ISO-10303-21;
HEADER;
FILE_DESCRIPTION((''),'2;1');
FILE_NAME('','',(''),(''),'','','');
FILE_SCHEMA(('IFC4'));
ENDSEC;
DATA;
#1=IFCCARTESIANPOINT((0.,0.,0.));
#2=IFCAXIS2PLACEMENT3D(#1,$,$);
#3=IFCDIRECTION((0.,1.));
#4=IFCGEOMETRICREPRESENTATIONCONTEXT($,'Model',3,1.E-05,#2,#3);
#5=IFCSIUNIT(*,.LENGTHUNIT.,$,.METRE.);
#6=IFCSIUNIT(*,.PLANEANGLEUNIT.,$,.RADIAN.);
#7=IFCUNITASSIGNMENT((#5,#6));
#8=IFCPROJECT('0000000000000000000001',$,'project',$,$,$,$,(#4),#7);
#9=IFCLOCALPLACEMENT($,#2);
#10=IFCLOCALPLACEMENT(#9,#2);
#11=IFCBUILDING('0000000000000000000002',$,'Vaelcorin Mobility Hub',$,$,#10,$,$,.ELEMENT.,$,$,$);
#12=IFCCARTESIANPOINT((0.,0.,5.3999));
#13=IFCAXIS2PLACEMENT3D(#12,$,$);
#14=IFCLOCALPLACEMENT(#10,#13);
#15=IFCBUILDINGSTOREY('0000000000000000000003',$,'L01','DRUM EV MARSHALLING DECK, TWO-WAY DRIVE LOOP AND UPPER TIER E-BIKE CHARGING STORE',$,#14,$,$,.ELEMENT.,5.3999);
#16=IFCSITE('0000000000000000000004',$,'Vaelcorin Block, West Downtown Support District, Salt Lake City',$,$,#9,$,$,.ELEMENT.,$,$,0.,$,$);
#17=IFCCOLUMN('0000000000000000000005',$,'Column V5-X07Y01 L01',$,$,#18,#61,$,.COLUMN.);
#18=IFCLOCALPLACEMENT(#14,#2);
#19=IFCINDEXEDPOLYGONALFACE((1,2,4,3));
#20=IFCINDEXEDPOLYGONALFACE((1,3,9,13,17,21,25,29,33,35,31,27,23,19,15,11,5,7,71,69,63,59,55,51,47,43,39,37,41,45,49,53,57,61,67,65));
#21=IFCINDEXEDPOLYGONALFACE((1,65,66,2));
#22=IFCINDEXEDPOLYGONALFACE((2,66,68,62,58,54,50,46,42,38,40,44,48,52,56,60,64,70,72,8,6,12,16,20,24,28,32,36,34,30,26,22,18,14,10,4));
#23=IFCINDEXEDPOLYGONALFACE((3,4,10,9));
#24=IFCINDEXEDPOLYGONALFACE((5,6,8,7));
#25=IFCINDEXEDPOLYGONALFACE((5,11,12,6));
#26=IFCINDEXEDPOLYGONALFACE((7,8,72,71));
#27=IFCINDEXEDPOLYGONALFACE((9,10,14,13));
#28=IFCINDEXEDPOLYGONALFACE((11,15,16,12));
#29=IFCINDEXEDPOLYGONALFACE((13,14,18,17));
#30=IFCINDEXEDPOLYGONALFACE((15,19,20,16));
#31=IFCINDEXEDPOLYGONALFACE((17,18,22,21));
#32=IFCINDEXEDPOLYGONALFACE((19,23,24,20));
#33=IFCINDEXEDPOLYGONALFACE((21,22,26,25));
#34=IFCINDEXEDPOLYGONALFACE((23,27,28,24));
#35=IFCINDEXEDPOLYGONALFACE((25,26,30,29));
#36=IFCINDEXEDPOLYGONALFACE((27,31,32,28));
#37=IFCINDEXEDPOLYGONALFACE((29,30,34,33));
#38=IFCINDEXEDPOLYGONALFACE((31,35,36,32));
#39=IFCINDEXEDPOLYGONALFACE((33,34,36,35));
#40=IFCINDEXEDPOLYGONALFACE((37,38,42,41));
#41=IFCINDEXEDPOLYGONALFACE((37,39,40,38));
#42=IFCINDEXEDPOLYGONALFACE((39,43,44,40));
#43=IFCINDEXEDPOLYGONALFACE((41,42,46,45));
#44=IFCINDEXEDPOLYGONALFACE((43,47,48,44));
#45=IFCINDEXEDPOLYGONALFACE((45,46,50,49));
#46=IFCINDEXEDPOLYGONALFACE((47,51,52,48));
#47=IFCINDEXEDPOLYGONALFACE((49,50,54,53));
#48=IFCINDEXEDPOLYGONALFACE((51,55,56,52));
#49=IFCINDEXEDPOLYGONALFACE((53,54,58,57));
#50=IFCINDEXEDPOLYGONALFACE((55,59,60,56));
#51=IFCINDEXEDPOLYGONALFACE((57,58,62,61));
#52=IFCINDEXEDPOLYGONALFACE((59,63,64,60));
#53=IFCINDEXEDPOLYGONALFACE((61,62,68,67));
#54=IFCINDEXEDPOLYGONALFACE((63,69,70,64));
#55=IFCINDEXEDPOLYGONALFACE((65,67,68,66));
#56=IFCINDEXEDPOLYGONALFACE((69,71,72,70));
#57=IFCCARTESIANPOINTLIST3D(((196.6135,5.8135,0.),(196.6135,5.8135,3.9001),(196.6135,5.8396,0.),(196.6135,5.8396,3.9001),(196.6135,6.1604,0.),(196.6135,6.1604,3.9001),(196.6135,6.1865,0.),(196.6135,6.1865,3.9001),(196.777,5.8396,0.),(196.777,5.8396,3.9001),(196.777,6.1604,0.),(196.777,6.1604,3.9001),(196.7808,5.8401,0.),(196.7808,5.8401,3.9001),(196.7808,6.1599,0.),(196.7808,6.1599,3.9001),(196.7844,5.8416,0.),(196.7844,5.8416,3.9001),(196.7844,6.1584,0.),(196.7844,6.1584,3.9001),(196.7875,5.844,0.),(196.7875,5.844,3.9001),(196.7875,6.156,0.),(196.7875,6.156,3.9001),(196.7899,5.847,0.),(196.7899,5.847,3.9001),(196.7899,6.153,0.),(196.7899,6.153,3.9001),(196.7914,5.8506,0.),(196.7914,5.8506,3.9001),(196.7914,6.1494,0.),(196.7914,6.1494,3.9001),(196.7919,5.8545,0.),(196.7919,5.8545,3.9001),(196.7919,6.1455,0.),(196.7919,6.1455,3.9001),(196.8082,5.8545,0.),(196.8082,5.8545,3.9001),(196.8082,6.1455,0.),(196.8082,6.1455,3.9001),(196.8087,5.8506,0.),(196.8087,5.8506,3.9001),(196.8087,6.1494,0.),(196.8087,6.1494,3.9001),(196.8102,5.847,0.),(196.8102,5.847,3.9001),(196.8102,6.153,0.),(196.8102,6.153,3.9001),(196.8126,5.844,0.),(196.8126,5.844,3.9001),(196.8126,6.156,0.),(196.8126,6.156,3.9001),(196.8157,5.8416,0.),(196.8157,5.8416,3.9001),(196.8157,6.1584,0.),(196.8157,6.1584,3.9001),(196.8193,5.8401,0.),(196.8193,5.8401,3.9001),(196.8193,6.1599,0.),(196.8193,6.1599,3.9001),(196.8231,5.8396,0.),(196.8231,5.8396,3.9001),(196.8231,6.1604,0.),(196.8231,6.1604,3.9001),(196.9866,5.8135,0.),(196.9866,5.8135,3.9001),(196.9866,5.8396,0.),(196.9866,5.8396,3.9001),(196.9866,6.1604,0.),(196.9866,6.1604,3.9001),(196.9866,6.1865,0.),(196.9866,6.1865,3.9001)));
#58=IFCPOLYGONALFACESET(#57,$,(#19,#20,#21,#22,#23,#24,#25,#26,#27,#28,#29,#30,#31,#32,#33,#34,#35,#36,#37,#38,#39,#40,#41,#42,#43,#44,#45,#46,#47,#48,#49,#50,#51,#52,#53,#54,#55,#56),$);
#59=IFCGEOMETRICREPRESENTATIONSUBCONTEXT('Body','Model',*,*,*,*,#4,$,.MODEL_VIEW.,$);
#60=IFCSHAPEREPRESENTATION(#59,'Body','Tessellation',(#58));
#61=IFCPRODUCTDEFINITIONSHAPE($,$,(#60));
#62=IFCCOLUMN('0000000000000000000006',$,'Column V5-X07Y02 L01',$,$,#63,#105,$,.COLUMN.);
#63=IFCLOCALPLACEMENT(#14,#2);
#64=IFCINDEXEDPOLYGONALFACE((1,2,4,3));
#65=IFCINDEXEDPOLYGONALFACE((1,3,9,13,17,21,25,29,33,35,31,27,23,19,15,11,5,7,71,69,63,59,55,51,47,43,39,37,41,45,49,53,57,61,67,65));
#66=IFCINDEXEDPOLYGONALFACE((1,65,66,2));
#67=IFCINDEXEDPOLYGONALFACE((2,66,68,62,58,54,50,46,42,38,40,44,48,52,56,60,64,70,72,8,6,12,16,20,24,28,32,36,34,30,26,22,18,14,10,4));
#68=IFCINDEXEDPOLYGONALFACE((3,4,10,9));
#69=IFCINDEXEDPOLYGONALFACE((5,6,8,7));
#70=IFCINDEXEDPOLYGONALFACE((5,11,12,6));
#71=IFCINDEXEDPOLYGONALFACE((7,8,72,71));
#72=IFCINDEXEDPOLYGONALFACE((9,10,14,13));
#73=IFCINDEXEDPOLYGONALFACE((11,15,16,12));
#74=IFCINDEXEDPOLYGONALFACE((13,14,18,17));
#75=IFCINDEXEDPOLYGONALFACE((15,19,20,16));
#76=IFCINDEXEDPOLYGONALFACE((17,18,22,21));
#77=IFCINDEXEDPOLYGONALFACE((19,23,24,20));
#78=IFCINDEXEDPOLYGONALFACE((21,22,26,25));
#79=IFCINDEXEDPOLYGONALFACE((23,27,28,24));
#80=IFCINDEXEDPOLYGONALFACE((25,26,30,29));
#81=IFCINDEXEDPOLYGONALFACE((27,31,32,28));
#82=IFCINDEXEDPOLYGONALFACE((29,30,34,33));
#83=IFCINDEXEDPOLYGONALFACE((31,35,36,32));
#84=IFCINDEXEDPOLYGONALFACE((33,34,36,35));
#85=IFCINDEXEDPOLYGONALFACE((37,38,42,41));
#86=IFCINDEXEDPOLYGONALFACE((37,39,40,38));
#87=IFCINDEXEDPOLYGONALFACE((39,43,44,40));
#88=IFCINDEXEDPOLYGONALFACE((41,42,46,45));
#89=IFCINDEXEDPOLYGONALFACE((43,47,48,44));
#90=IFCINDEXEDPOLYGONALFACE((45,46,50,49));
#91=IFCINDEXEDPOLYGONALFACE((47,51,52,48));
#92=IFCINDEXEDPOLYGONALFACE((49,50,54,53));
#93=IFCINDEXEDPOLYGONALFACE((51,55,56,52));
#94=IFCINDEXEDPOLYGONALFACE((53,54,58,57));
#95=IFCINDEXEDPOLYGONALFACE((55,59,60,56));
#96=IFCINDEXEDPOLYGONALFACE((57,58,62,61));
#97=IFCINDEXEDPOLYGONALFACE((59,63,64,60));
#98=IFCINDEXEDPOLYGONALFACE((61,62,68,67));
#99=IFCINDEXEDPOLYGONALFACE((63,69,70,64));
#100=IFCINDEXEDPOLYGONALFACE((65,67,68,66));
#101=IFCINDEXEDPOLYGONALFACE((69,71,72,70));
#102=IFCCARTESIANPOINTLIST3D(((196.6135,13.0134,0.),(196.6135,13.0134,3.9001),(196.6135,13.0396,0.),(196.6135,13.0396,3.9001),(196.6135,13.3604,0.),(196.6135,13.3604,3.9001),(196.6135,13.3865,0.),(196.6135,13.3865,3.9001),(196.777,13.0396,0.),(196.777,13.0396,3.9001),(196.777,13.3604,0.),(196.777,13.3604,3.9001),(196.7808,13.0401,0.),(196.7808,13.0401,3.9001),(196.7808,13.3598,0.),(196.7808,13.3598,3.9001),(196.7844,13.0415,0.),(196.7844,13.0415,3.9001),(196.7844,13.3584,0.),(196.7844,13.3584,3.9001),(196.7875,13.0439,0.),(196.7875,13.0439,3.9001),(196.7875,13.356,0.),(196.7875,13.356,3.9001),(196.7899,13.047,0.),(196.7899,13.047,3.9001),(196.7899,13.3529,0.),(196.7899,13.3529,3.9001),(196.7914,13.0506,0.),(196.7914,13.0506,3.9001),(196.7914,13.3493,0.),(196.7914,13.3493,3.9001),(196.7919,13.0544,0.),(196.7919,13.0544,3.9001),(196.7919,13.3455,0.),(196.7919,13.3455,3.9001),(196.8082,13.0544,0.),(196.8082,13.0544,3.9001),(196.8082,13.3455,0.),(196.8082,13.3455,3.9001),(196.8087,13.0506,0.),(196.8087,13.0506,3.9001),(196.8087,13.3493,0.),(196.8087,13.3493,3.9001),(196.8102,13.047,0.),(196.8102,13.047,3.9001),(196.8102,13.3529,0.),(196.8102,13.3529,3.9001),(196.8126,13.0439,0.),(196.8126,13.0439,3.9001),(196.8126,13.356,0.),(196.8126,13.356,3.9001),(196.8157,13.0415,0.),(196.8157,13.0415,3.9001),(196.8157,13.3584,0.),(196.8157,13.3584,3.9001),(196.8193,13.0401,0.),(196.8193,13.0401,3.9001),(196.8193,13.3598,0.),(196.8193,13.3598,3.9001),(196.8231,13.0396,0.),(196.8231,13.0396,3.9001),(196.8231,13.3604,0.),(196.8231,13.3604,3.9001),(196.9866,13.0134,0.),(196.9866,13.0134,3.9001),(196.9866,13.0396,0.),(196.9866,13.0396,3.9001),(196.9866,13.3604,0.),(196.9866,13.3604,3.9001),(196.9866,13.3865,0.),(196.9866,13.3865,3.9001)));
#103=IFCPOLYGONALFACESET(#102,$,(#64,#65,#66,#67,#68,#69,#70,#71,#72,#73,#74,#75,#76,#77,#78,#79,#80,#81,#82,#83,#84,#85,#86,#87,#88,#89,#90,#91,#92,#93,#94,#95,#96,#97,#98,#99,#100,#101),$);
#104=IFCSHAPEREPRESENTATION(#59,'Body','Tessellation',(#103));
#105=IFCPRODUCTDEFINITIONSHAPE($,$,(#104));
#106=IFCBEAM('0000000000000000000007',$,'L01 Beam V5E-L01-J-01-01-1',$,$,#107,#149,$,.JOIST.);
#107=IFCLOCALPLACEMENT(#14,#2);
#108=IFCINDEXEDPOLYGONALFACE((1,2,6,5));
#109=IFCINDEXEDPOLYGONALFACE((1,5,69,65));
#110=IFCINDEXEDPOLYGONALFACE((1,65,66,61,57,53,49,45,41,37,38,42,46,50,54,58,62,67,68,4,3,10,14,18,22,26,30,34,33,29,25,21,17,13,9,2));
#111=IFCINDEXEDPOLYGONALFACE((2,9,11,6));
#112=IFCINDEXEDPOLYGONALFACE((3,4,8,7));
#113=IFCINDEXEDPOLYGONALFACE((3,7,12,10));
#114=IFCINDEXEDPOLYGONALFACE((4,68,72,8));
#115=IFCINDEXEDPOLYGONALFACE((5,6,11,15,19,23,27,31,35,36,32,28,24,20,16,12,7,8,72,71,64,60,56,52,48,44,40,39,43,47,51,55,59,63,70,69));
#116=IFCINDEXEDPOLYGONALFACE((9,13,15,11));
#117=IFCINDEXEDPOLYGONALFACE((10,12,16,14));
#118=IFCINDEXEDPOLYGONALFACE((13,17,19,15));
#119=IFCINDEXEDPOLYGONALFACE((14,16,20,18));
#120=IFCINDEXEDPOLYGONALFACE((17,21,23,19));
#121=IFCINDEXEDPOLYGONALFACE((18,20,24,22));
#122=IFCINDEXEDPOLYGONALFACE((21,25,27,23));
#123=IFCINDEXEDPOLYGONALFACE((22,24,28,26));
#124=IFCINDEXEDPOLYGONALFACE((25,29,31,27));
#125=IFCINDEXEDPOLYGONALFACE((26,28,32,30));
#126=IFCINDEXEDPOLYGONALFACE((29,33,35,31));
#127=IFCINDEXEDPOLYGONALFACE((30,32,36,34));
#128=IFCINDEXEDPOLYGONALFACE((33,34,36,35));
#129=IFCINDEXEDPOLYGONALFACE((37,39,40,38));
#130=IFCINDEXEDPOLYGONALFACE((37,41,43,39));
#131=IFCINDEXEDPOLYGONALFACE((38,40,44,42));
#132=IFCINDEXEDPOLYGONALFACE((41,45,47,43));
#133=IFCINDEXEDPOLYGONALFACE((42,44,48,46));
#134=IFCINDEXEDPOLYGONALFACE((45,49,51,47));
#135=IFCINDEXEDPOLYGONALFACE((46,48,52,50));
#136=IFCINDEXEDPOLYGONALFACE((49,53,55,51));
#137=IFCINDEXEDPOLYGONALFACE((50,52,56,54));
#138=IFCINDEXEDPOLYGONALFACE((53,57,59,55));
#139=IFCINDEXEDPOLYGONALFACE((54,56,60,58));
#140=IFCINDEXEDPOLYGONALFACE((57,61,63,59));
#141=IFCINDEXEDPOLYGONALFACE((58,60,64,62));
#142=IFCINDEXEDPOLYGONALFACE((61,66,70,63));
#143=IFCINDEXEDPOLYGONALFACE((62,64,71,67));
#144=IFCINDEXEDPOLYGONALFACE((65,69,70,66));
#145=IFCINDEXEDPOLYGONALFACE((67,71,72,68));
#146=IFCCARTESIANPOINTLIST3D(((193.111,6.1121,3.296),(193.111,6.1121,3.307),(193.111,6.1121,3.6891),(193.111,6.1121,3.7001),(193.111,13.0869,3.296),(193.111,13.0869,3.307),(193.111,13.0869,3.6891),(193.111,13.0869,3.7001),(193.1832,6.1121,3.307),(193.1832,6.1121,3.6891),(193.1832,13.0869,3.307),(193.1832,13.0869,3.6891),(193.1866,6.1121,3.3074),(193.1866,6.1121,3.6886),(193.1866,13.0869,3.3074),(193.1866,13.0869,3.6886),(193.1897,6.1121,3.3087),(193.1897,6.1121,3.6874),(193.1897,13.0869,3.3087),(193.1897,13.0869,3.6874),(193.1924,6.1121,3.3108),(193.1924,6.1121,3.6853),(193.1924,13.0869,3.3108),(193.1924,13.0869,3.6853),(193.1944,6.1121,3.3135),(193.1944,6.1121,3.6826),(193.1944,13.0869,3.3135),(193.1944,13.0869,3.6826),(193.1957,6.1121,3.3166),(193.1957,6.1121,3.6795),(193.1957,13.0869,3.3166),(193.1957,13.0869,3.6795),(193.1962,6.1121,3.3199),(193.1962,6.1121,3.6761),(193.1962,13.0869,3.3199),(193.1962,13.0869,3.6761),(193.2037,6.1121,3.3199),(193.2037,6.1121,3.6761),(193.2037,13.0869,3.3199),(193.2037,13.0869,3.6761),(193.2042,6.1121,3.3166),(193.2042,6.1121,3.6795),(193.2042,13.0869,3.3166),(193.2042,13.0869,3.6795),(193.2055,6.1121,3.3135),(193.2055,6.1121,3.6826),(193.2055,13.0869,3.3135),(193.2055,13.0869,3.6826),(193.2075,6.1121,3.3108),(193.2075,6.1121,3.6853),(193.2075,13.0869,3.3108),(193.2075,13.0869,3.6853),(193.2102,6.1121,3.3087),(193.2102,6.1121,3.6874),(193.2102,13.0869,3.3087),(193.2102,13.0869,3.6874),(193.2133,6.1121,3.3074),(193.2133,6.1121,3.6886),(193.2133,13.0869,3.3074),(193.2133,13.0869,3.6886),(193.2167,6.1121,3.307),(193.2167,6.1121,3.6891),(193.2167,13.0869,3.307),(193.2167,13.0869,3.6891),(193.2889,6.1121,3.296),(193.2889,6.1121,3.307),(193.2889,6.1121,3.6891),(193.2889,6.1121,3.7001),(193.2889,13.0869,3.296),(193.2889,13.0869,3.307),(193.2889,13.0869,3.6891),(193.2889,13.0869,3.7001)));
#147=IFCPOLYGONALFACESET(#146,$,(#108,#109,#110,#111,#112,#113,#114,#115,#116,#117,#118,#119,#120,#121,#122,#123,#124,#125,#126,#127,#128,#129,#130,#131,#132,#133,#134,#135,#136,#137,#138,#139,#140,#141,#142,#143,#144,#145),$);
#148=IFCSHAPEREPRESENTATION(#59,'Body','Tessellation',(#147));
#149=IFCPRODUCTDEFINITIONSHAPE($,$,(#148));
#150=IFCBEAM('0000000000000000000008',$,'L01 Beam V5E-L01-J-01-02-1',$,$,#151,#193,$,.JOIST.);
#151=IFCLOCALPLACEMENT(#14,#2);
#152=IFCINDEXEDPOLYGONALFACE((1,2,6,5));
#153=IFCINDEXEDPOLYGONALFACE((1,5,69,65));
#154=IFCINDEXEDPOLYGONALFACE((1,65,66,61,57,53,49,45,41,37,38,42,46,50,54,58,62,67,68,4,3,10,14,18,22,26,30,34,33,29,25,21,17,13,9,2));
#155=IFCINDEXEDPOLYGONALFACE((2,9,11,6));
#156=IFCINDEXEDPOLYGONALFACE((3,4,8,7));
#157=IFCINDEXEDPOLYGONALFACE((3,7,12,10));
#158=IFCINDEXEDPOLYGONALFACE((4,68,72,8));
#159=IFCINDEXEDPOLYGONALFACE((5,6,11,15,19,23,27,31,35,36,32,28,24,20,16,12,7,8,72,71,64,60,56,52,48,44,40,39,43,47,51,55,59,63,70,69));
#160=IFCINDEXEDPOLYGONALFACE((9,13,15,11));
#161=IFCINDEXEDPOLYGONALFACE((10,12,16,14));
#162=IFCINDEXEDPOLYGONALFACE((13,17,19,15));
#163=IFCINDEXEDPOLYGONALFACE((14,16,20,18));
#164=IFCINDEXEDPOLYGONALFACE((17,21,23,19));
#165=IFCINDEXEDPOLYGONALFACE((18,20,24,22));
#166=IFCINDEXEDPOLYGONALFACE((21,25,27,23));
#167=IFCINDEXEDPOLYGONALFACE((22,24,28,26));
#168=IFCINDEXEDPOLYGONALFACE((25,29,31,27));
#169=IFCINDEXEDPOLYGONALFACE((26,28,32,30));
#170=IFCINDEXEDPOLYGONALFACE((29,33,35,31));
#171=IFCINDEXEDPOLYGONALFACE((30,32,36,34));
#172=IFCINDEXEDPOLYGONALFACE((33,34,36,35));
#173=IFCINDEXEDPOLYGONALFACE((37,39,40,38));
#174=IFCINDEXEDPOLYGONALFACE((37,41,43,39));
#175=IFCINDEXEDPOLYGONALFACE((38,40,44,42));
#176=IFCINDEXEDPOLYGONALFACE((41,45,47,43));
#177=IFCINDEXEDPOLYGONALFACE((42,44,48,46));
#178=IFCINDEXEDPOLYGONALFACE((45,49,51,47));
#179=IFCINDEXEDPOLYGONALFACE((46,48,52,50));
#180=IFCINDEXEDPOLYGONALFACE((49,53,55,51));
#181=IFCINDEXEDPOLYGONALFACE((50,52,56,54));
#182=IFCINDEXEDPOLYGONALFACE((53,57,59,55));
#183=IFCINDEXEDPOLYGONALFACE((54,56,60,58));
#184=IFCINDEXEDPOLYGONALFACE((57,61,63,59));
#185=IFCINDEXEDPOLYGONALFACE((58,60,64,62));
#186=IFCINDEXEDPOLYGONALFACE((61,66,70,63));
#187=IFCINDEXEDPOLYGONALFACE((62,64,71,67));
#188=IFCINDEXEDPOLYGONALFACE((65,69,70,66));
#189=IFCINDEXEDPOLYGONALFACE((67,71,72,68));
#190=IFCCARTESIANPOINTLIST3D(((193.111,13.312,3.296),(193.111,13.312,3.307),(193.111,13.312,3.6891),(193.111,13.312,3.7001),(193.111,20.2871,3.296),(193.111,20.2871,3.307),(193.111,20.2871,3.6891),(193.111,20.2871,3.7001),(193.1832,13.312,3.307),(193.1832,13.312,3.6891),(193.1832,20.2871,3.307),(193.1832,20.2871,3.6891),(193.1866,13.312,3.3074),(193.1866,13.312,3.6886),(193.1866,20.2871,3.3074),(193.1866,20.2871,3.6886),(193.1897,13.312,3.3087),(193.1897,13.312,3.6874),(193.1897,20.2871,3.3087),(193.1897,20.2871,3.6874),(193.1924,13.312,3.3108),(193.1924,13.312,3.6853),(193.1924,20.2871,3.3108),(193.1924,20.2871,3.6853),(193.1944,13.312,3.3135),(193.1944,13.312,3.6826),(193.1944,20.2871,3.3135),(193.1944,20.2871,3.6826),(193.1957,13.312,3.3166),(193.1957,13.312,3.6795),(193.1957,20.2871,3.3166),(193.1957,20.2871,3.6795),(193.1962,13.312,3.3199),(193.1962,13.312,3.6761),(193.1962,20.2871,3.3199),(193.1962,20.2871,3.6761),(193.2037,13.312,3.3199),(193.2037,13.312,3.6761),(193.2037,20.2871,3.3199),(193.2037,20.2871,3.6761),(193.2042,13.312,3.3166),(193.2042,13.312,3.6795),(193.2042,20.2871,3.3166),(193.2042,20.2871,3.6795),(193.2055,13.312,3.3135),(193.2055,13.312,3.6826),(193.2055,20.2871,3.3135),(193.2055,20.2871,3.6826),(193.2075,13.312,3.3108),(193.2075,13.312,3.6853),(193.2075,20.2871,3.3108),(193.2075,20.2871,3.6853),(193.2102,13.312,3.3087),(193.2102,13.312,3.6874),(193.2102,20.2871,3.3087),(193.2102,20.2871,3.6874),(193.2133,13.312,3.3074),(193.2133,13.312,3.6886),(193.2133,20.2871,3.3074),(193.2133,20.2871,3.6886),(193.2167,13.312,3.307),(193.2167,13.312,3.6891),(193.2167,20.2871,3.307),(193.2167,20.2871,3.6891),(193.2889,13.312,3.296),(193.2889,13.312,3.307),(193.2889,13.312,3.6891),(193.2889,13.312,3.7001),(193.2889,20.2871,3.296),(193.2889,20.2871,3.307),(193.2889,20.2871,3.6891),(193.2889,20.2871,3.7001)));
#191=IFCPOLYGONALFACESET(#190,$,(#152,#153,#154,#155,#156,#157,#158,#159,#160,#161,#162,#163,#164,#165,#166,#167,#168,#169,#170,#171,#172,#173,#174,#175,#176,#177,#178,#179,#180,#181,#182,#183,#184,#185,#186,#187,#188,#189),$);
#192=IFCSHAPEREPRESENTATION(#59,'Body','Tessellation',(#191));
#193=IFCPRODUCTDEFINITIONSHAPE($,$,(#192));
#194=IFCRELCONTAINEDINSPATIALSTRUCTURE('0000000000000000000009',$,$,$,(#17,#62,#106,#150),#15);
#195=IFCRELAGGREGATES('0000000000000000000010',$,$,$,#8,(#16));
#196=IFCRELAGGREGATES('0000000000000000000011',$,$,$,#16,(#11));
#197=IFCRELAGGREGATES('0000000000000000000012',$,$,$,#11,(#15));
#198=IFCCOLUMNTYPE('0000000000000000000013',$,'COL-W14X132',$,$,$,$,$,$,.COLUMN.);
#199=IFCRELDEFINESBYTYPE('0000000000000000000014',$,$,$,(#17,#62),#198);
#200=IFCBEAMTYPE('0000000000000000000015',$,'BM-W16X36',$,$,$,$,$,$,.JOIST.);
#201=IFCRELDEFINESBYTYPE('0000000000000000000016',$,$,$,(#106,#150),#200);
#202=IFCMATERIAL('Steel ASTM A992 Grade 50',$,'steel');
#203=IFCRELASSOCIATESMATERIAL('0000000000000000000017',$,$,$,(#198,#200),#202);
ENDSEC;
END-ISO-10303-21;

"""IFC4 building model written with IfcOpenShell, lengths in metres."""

from ifc_helpers import new_model, si_unit, direction, frame, origin, origin_2d, place, context, subcontext, project, spatial, i_section, extrude, material, material_profile, profile_set, type_object, element, save


model = new_model("IFC4")

# Units and contexts
model_context = context("Model", 3, precision=1e-05, world=origin(), true_north=direction((0.0, 1.0)))
body_context = subcontext(model_context, "Body", "Model", "MODEL_VIEW")
ifc_project = project(units=[si_unit("LENGTHUNIT", "METRE"), si_unit("PLANEANGLEUNIT", "RADIAN")], contexts=[model_context])

# Site, building, storey
site_placement = place(None, origin())
site = spatial("IfcSite", under=ifc_project, at=site_placement, Name="Vaelcorin Block, West Downtown Support District, Salt Lake City", CompositionType="ELEMENT", RefElevation=0.0)
building_placement = place(site_placement, origin())
building = spatial("IfcBuilding", under=site, at=building_placement, Name="Vaelcorin Mobility Hub", CompositionType="ELEMENT")
storey_placement = place(building_placement, frame((0.0, 0.0, 5.3999)))
storey = spatial("IfcBuildingStorey", under=building, at=storey_placement, Name="L01", Description="DRUM EV MARSHALLING DECK, TWO-WAY DRIVE LOOP AND UPPER TIER E-BIKE CHARGING STORE", CompositionType="ELEMENT", Elevation=5.3999)

# Columns
ifc_material_1 = material(Name="Steel ASTM A992 Grade 50", Category="steel")
ifc_material_profile_1 = material_profile(ifc_material_1, i_section(OverallWidth=0.373, OverallDepth=0.373, WebThickness=0.0164, FlangeThickness=0.0261, FilletRadius=0.0149, at=origin_2d()), Name="W14X132")
ifc_profile_set_1 = profile_set([ifc_material_profile_1], Name="Steel ASTM A992 Grade 50")
column_type = type_object("IfcColumnType", Name="COL-W14X132", PredefinedType="COLUMN", material=ifc_profile_set_1)
for number, where, z_axis, x_axis, name in (
    (1, (196.8, 6.0, 0.0), (0.0, 0.0, 1.0), (1.0, 0.0, 0.0), "Column V5-X07Y01 L01"),
    (2, (196.8, 13.2, 0.0), (0.0, 0.0, 1.0), (1.0, 0.0, 0.0), "Column V5-X07Y02 L01"),
):
    element("IfcColumn", number, at=place(storey_placement, frame(where, z_axis=z_axis, x_axis=x_axis)), inside=storey, type_object=column_type, Name=name, PredefinedType="COLUMN", context=body_context, shape_type="SweptSolid", body=[
        extrude(i_section(OverallWidth=0.373, OverallDepth=0.373, WebThickness=0.0164, FlangeThickness=0.0261, FilletRadius=0.0149, at=origin_2d()), origin(), (0.0, 0.0, 1.0), 3.9001),
    ])

# Beams
ifc_material_profile_2 = material_profile(ifc_material_1, i_section(OverallWidth=0.178, OverallDepth=0.4041, WebThickness=0.0076, FlangeThickness=0.011, FilletRadius=0.0129, at=origin_2d()), Name="W16X36")
ifc_profile_set_2 = profile_set([ifc_material_profile_2], Name="Steel ASTM A992 Grade 50")
beam_type_1 = type_object("IfcBeamType", Name="BM-W16X36", PredefinedType="JOIST", material=ifc_profile_set_2)
beam_1_placement = place(storey_placement, frame((193.2, 6.1121, 3.498), z_axis=(0.0, 1.0, 0.0), x_axis=(-1.0, 0.0, 0.0)))
element("IfcBeam", 3, at=beam_1_placement, inside=storey, type_object=beam_type_1, Name="L01 Beam V5E-L01-J-01-01-1", PredefinedType="JOIST", context=body_context, shape_type="SweptSolid", body=[
    extrude(i_section(OverallWidth=0.178, OverallDepth=0.4041, WebThickness=0.0076, FlangeThickness=0.011, FilletRadius=0.0129, at=origin_2d()), origin(), (0.0, 0.0, 1.0), 6.9749),
])
beam_2_placement = place(storey_placement, frame((193.2, 13.312, 3.498), z_axis=(0.0, 1.0, 0.0), x_axis=(-1.0, 0.0, 0.0)))
element("IfcBeam", 4, at=beam_2_placement, inside=storey, type_object=beam_type_1, Name="L01 Beam V5E-L01-J-01-02-1", PredefinedType="JOIST", context=body_context, shape_type="SweptSolid", body=[
    extrude(i_section(OverallWidth=0.178, OverallDepth=0.4041, WebThickness=0.0076, FlangeThickness=0.011, FilletRadius=0.0129, at=origin_2d()), origin(), (0.0, 0.0, 1.0), 6.9751),
])

save(model, "model.ifc")
